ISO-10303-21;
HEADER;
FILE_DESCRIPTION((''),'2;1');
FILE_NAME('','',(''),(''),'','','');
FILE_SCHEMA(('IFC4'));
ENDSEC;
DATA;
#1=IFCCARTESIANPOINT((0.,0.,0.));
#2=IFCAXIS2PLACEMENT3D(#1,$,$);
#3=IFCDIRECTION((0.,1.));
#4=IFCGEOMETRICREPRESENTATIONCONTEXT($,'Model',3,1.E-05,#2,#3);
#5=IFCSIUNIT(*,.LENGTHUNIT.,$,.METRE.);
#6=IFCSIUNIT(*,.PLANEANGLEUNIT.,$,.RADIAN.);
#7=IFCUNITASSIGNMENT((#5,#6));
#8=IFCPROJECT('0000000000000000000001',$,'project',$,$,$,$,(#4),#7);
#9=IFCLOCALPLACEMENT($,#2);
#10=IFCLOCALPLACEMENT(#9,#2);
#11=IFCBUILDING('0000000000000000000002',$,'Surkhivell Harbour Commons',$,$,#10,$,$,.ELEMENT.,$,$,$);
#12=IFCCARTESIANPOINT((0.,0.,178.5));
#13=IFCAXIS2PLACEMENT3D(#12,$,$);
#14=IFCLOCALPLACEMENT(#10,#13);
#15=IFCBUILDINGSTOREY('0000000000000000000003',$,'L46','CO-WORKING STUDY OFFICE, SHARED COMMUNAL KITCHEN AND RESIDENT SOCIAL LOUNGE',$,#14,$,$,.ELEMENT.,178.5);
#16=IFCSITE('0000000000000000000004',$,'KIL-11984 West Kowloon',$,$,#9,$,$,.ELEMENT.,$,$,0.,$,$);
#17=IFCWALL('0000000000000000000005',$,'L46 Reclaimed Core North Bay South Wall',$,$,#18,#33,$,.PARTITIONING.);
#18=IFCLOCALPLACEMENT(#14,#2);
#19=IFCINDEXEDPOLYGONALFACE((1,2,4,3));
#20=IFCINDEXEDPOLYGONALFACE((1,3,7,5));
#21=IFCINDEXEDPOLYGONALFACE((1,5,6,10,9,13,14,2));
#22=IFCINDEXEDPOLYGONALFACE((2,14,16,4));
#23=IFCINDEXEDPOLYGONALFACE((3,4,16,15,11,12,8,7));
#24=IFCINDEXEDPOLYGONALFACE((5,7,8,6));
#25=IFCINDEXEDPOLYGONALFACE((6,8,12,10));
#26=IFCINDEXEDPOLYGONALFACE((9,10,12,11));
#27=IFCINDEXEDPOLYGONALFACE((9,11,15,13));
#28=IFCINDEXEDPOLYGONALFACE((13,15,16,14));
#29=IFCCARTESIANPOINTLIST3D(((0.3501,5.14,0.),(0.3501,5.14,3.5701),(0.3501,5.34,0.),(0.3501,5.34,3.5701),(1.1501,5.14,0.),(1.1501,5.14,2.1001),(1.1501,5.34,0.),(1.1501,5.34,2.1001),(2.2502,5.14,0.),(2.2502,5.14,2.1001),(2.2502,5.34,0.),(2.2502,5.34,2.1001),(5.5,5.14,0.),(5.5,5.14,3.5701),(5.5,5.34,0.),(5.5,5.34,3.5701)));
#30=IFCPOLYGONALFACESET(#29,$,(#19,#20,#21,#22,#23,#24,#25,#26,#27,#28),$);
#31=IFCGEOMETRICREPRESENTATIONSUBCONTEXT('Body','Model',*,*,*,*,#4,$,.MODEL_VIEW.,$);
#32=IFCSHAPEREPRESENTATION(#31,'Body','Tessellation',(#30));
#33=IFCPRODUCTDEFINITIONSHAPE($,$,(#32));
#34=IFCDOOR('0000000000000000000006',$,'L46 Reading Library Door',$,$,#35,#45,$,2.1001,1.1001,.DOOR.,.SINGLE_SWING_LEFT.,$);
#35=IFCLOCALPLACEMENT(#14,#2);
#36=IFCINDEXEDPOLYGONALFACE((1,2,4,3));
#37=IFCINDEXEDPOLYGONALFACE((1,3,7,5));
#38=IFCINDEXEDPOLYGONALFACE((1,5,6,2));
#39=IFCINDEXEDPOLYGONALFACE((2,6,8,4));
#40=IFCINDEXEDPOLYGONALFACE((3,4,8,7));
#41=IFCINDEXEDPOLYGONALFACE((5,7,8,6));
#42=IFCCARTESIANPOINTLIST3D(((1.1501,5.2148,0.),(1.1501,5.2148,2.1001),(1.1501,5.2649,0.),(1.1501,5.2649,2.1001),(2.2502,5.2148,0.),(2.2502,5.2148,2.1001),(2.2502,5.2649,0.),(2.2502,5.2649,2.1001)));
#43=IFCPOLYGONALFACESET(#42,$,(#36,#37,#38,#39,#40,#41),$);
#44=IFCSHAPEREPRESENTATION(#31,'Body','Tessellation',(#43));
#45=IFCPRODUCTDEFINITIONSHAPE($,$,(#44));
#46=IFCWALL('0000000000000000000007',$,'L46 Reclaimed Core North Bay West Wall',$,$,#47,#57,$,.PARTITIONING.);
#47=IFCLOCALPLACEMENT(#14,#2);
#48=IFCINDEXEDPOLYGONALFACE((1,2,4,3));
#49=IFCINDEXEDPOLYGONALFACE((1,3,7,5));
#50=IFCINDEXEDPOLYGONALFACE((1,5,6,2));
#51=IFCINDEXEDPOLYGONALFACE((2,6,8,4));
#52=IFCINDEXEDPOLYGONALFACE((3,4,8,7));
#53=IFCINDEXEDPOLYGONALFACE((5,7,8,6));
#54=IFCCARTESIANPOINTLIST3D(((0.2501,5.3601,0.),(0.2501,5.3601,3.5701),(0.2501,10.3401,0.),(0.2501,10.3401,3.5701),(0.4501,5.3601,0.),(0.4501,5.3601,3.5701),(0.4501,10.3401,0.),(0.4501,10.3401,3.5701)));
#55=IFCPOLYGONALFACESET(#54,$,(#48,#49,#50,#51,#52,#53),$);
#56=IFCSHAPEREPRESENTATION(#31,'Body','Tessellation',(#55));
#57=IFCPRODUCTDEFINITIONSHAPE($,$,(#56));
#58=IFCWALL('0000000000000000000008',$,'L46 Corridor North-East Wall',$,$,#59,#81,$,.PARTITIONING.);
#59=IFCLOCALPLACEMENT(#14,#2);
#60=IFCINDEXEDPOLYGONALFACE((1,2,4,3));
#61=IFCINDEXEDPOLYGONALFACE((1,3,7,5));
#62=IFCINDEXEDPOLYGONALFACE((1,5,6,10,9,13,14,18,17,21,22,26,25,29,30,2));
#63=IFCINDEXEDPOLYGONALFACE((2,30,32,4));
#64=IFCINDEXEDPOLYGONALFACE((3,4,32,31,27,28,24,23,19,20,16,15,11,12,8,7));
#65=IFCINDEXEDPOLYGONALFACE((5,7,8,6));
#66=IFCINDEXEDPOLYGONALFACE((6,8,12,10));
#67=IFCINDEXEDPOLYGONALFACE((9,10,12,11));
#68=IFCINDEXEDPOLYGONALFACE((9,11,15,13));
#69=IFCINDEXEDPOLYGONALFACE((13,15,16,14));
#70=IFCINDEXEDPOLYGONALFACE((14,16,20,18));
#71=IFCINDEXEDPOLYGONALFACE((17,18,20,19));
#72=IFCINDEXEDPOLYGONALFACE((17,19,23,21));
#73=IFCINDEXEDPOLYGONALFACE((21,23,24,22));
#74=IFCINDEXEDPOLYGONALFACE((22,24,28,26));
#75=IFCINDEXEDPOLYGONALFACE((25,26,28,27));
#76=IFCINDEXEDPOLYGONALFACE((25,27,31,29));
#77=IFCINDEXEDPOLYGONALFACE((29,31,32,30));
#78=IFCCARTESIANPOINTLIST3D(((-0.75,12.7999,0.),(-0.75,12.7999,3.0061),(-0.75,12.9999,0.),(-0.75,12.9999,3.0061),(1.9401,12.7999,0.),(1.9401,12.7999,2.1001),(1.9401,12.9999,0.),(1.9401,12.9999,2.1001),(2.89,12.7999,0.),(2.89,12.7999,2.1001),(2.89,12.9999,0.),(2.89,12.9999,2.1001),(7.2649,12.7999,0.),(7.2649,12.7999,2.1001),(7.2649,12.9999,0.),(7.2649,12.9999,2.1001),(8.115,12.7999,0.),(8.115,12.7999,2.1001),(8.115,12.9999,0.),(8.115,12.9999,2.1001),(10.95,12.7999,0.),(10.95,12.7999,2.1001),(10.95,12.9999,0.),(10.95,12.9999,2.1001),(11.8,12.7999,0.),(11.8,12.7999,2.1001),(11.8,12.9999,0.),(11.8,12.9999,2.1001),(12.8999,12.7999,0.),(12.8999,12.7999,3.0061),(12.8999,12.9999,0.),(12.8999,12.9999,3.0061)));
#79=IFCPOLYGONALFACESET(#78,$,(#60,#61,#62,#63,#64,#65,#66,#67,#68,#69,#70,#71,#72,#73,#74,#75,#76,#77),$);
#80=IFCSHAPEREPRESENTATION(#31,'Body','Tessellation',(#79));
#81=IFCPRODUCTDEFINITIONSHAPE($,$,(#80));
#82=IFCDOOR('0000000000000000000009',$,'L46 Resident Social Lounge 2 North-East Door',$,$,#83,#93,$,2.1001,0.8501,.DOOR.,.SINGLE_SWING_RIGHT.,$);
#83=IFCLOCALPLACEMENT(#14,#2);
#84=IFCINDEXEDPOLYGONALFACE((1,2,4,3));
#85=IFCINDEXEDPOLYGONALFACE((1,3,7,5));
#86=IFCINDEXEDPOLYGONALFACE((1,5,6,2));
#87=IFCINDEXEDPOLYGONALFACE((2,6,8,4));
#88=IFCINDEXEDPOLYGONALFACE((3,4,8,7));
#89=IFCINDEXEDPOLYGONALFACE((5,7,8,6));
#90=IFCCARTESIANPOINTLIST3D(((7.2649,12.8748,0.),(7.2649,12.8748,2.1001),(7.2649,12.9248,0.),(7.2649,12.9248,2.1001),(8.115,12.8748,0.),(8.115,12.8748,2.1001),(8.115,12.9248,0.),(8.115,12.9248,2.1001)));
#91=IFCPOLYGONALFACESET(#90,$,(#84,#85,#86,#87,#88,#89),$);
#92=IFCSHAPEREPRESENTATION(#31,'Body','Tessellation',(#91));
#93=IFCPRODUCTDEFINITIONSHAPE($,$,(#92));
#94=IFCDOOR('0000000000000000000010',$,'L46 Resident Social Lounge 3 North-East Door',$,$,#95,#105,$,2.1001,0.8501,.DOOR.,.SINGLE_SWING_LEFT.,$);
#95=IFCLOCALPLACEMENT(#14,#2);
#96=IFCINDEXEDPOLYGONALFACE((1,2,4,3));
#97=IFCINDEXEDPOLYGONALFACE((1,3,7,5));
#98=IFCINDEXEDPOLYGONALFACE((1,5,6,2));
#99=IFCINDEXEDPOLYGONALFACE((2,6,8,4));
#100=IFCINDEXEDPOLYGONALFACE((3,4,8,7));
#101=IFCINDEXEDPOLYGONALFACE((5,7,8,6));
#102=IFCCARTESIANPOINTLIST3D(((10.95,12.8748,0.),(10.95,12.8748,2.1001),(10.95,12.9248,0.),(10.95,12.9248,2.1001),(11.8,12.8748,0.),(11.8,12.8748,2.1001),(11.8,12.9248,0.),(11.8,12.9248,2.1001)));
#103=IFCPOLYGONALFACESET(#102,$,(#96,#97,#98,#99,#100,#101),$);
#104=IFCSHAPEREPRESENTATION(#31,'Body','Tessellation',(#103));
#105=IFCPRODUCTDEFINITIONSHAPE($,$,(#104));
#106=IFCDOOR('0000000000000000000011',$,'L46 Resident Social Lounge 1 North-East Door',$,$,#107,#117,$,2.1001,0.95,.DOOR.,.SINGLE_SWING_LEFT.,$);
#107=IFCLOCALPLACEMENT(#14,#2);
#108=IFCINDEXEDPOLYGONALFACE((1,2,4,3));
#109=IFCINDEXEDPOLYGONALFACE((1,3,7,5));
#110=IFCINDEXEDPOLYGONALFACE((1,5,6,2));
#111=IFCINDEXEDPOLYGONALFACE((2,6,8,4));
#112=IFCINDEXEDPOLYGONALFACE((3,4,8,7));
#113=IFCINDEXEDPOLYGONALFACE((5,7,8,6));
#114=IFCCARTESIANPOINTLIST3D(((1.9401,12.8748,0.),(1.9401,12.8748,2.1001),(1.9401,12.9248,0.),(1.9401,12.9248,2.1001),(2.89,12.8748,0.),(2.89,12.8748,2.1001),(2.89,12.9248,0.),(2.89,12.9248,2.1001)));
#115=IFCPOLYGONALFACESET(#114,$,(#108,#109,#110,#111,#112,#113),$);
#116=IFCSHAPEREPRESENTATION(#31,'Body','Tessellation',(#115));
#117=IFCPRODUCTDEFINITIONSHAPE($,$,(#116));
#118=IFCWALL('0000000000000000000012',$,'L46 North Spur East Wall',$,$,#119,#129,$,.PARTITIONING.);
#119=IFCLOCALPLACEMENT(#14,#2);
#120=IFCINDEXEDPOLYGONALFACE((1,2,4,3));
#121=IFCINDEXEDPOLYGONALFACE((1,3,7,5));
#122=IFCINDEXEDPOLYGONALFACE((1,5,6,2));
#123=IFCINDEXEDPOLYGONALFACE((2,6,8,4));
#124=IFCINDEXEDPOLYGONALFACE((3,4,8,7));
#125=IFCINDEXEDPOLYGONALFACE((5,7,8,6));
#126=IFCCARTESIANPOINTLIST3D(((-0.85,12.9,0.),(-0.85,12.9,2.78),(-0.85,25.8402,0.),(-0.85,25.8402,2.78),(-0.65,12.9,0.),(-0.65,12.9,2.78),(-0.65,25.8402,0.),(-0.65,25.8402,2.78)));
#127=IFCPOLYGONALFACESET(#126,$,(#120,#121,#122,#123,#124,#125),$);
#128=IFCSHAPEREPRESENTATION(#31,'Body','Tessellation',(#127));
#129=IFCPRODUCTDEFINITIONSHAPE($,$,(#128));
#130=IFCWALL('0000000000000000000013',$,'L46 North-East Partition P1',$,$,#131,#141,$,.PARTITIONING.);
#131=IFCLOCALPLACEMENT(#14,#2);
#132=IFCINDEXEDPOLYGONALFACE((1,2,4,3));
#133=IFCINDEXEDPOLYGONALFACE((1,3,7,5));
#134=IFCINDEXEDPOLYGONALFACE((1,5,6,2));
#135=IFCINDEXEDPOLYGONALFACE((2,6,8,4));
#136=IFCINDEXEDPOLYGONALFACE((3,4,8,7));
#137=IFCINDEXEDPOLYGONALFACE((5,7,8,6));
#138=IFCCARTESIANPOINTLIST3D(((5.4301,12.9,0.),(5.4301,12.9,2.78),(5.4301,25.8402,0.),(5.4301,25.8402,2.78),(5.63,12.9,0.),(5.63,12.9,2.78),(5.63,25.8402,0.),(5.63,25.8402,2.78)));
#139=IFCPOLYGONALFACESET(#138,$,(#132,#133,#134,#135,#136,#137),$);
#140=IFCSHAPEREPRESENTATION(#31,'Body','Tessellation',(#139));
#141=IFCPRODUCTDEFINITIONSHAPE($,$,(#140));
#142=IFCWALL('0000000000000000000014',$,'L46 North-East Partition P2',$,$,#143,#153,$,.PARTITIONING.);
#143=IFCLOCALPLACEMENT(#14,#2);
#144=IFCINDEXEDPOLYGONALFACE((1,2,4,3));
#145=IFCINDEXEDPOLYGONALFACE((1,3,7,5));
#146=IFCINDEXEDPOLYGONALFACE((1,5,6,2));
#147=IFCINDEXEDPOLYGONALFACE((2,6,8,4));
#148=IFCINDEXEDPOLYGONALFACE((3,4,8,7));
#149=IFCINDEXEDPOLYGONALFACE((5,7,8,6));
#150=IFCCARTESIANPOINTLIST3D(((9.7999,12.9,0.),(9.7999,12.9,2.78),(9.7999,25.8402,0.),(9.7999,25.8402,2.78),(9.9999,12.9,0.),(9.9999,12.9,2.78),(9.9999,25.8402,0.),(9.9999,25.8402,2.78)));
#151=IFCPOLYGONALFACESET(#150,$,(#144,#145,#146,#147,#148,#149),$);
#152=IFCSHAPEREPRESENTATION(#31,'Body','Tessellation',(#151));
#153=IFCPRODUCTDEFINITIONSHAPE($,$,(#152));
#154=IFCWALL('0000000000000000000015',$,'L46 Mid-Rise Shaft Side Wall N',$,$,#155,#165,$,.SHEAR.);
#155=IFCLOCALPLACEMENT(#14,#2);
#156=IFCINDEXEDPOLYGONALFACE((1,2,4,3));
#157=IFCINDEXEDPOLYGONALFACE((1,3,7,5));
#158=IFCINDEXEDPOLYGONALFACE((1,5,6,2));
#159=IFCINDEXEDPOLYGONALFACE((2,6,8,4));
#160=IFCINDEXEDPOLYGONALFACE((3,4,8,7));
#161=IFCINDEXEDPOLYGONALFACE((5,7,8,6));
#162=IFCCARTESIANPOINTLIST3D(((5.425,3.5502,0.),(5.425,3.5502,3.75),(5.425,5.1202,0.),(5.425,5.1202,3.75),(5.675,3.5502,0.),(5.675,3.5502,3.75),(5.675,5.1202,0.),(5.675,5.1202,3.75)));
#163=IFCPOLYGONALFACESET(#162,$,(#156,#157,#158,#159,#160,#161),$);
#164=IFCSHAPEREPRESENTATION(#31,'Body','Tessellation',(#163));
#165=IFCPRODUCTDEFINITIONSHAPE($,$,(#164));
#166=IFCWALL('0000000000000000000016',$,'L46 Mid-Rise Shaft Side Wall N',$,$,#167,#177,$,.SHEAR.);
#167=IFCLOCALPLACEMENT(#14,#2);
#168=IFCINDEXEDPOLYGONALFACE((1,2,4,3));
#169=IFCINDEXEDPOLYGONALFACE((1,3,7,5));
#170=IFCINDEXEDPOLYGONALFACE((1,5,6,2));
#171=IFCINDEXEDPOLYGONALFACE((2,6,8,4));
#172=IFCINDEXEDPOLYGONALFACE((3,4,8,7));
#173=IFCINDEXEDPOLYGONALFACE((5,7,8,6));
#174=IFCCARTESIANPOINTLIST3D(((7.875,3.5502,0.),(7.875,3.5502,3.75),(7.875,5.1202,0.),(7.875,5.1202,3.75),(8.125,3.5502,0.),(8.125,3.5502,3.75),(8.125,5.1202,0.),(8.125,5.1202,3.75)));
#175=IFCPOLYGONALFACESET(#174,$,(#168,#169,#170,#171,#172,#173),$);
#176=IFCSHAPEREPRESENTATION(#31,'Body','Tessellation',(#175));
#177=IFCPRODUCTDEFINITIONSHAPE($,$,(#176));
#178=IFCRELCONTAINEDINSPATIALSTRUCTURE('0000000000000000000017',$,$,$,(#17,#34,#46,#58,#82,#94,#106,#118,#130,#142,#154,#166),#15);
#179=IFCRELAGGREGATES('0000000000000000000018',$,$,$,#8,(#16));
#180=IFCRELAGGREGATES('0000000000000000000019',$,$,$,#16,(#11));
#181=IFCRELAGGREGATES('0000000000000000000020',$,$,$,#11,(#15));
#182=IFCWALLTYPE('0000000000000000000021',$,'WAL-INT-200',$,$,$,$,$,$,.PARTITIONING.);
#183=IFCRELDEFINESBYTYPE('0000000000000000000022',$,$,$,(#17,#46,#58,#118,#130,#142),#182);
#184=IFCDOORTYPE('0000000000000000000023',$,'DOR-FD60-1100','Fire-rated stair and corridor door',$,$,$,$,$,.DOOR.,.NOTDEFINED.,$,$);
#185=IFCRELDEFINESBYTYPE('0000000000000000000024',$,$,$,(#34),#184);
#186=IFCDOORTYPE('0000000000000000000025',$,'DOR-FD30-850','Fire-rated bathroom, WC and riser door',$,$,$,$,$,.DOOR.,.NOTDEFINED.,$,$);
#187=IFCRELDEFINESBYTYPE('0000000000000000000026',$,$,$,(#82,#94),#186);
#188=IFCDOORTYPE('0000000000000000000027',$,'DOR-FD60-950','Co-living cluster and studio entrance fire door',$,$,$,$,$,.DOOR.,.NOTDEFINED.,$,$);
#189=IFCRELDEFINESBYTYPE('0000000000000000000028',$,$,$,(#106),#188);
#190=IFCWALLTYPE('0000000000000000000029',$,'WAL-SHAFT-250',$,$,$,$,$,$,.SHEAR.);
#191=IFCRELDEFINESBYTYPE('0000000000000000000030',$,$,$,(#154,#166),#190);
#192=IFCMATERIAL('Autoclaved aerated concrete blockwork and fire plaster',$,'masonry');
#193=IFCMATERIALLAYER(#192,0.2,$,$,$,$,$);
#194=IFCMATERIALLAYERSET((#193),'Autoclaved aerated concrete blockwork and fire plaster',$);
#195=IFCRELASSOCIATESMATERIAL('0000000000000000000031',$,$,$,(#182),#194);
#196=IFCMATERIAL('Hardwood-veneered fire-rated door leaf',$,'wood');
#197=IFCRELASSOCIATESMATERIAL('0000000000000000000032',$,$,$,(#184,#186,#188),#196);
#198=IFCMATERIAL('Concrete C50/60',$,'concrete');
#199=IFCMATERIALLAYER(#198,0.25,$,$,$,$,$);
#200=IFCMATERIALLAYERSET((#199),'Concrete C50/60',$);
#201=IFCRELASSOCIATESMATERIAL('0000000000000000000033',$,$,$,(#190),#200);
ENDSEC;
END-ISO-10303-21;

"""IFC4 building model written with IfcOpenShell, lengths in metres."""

from ifc_helpers import new_model, si_unit, direction, frame, frame_2d, origin, place, context, subcontext, project, spatial, rectangle, extrude, material, layer, layer_set, type_object, element, fill, save


model = new_model("IFC4")

# Units and contexts
model_context = context("Model", 3, precision=1e-05, world=origin(), true_north=direction((0.0, 1.0)))
body_context = subcontext(model_context, "Body", "Model", "MODEL_VIEW")
ifc_project = project(units=[si_unit("LENGTHUNIT", "METRE"), si_unit("PLANEANGLEUNIT", "RADIAN")], contexts=[model_context])

# Site, building, storey
site_placement = place(None, origin())
site = spatial("IfcSite", under=ifc_project, at=site_placement, Name="KIL-11984 West Kowloon", CompositionType="ELEMENT", RefElevation=0.0)
building_placement = place(site_placement, origin())
building = spatial("IfcBuilding", under=site, at=building_placement, Name="Surkhivell Harbour Commons", CompositionType="ELEMENT")
storey_placement = place(building_placement, frame((0.0, 0.0, 178.5)))
storey = spatial("IfcBuildingStorey", under=building, at=storey_placement, Name="L46", Description="CO-WORKING STUDY OFFICE, SHARED COMMUNAL KITCHEN AND RESIDENT SOCIAL LOUNGE", CompositionType="ELEMENT", Elevation=178.5)

# Wall, opening, door
ifc_material_1 = material(Name="Autoclaved aerated concrete blockwork and fire plaster", Category="masonry")
ifc_layer_1 = layer(ifc_material_1, 0.2)
ifc_layer_set_1 = layer_set([ifc_layer_1], Name="Autoclaved aerated concrete blockwork and fire plaster")
wall_type_1 = type_object("IfcWallType", Name="WAL-INT-200", PredefinedType="PARTITIONING", material=ifc_layer_set_1)
wall_1_placement = place(storey_placement, frame((0.3501, 5.24, 0.0), z_axis=(0.0, 0.0, 1.0), x_axis=(1.0, 0.0, 0.0)))
wall_1 = element("IfcWall", 1, at=wall_1_placement, inside=storey, type_object=wall_type_1, Name="L46 Reclaimed Core North Bay South Wall", PredefinedType="PARTITIONING", context=body_context, shape_type="SweptSolid", body=[
    extrude(rectangle(XDim=5.1499, YDim=0.2, at=frame_2d((2.575, 0.0))), origin(), (0.0, 0.0, 1.0), 3.5701),
])
opening_1_placement = place(wall_1_placement, frame((0.8, 0.0, 0.0)))
opening_1 = element("IfcOpeningElement", 2, at=opening_1_placement, cuts=wall_1, PredefinedType="OPENING", context=body_context, shape_type="SweptSolid", body=[
    extrude(rectangle(XDim=1.1001, YDim=2.1001, at=frame_2d((0.55, 1.05))), frame((0.0, 0.1099, 0.0), z_axis=(0.0, -1.0, 0.0), x_axis=(1.0, 0.0, 0.0)), (0.0, 0.0, 1.0), 0.22),
])
ifc_material_2 = material(Name="Hardwood-veneered fire-rated door leaf", Category="wood")
door_type_1 = type_object("IfcDoorType", Name="DOR-FD60-1100", Description="Fire-rated stair and corridor door", OperationType="NOTDEFINED", PredefinedType="DOOR", material=ifc_material_2)
door_1_placement = place(opening_1_placement, origin())
door_1 = element("IfcDoor", 3, at=door_1_placement, inside=storey, type_object=door_type_1, Name="L46 Reading Library Door", OperationType="SINGLE_SWING_LEFT", OverallHeight=2.1001, OverallWidth=1.1001, PredefinedType="DOOR", context=body_context, shape_type="SweptSolid", body=[
    extrude(rectangle(XDim=1.1001, YDim=2.1001, at=frame_2d((0.55, 1.05))), frame((0.0, 0.0249, 0.0), z_axis=(0.0, -1.0, 0.0), x_axis=(1.0, 0.0, 0.0)), (0.0, 0.0, 1.0), 0.05),
])
fill(opening_1, door_1)

# Wall
wall_2_placement = place(storey_placement, frame((0.3501, 5.3601, 0.0), z_axis=(0.0, 0.0, 1.0), x_axis=(0.0, 1.0, 0.0)))
element("IfcWall", 4, at=wall_2_placement, inside=storey, type_object=wall_type_1, Name="L46 Reclaimed Core North Bay West Wall", PredefinedType="PARTITIONING", context=body_context, shape_type="SweptSolid", body=[
    extrude(rectangle(XDim=4.98, YDim=0.2, at=frame_2d((2.49, 0.0))), origin(), (0.0, 0.0, 1.0), 3.5701),
])

# Wall, openings, doors
wall_3_placement = place(storey_placement, frame((-0.75, 12.8999, 0.0), z_axis=(0.0, 0.0, 1.0), x_axis=(1.0, 0.0, 0.0)))
wall_3 = element("IfcWall", 5, at=wall_3_placement, inside=storey, type_object=wall_type_1, Name="L46 Corridor North-East Wall", PredefinedType="PARTITIONING", context=body_context, shape_type="SweptSolid", body=[
    extrude(rectangle(XDim=13.6499, YDim=0.2, at=frame_2d((6.825, 0.0))), origin(), (0.0, 0.0, 1.0), 3.0061),
])
opening_2_placement = place(wall_3_placement, frame((2.6899, 0.0, 0.0)))
opening_2 = element("IfcOpeningElement", 6, at=opening_2_placement, cuts=wall_3, PredefinedType="OPENING", context=body_context, shape_type="SweptSolid", body=[
    extrude(rectangle(XDim=0.95, YDim=2.1001, at=frame_2d((0.4751, 1.05))), frame((0.0, 0.1099, 0.0), z_axis=(0.0, -1.0, 0.0), x_axis=(1.0, 0.0, 0.0)), (0.0, 0.0, 1.0), 0.22),
])
opening_3_placement = place(wall_3_placement, frame((8.0149, 0.0, 0.0)))
opening_3 = element("IfcOpeningElement", 7, at=opening_3_placement, cuts=wall_3, PredefinedType="OPENING", context=body_context, shape_type="SweptSolid", body=[
    extrude(rectangle(XDim=0.8501, YDim=2.1001, at=frame_2d((0.425, 1.05))), frame((0.0, 0.1099, 0.0), z_axis=(0.0, -1.0, 0.0), x_axis=(1.0, 0.0, 0.0)), (0.0, 0.0, 1.0), 0.22),
])
opening_4_placement = place(wall_3_placement, frame((11.7, 0.0, 0.0)))
opening_4 = element("IfcOpeningElement", 8, at=opening_4_placement, cuts=wall_3, PredefinedType="OPENING", context=body_context, shape_type="SweptSolid", body=[
    extrude(rectangle(XDim=0.8501, YDim=2.1001, at=frame_2d((0.425, 1.05))), frame((0.0, 0.1099, 0.0), z_axis=(0.0, -1.0, 0.0), x_axis=(1.0, 0.0, 0.0)), (0.0, 0.0, 1.0), 0.22),
])
door_type_2 = type_object("IfcDoorType", Name="DOR-FD30-850", Description="Fire-rated bathroom, WC and riser door", OperationType="NOTDEFINED", PredefinedType="DOOR", material=ifc_material_2)
door_2_placement = place(opening_3_placement, origin())
door_2 = element("IfcDoor", 9, at=door_2_placement, inside=storey, type_object=door_type_2, Name="L46 Resident Social Lounge 2 North-East Door", OperationType="SINGLE_SWING_RIGHT", OverallHeight=2.1001, OverallWidth=0.8501, PredefinedType="DOOR", context=body_context, shape_type="SweptSolid", body=[
    extrude(rectangle(XDim=0.8501, YDim=2.1001, at=frame_2d((0.425, 1.05))), frame((0.0, 0.0249, 0.0), z_axis=(0.0, -1.0, 0.0), x_axis=(1.0, 0.0, 0.0)), (0.0, 0.0, 1.0), 0.05),
])
fill(opening_3, door_2)
door_3_placement = place(opening_4_placement, origin())
door_3 = element("IfcDoor", 10, at=door_3_placement, inside=storey, type_object=door_type_2, Name="L46 Resident Social Lounge 3 North-East Door", OperationType="SINGLE_SWING_LEFT", OverallHeight=2.1001, OverallWidth=0.8501, PredefinedType="DOOR", context=body_context, shape_type="SweptSolid", body=[
    extrude(rectangle(XDim=0.8501, YDim=2.1001, at=frame_2d((0.425, 1.05))), frame((0.0, 0.0249, 0.0), z_axis=(0.0, -1.0, 0.0), x_axis=(1.0, 0.0, 0.0)), (0.0, 0.0, 1.0), 0.05),
])
fill(opening_4, door_3)
door_type_3 = type_object("IfcDoorType", Name="DOR-FD60-950", Description="Co-living cluster and studio entrance fire door", OperationType="NOTDEFINED", PredefinedType="DOOR", material=ifc_material_2)
door_4_placement = place(opening_2_placement, origin())
door_4 = element("IfcDoor", 11, at=door_4_placement, inside=storey, type_object=door_type_3, Name="L46 Resident Social Lounge 1 North-East Door", OperationType="SINGLE_SWING_LEFT", OverallHeight=2.1001, OverallWidth=0.95, PredefinedType="DOOR", context=body_context, shape_type="SweptSolid", body=[
    extrude(rectangle(XDim=0.95, YDim=2.1001, at=frame_2d((0.4751, 1.05))), frame((0.0, 0.0249, 0.0), z_axis=(0.0, -1.0, 0.0), x_axis=(1.0, 0.0, 0.0)), (0.0, 0.0, 1.0), 0.05),
])
fill(opening_2, door_4)

# Walls
for number, where, z_axis, x_axis, name in (
    (12, (-0.75, 12.8999, 0.0), (0.0, 0.0, 1.0), (0.0, 1.0, 0.0), "L46 North Spur East Wall"),
    (13, (5.53, 12.8999, 0.0), (0.0, 0.0, 1.0), (0.0, 1.0, 0.0), "L46 North-East Partition P1"),
    (14, (9.8999, 12.8999, 0.0), (0.0, 0.0, 1.0), (0.0, 1.0, 0.0), "L46 North-East Partition P2"),
):
    element("IfcWall", number, at=place(storey_placement, frame(where, z_axis=z_axis, x_axis=x_axis)), inside=storey, type_object=wall_type_1, Name=name, PredefinedType="PARTITIONING", context=body_context, shape_type="SweptSolid", body=[
        extrude(rectangle(XDim=12.9402, YDim=0.2, at=frame_2d((6.4702, 0.0))), origin(), (0.0, 0.0, 1.0), 2.78),
    ])
ifc_material_3 = material(Name="Concrete C50/60", Category="concrete")
ifc_layer_2 = layer(ifc_material_3, 0.25)
ifc_layer_set_2 = layer_set([ifc_layer_2], Name="Concrete C50/60")
wall_type_2 = type_object("IfcWallType", Name="WAL-SHAFT-250", PredefinedType="SHEAR", material=ifc_layer_set_2)
for number, where, z_axis, x_axis, name in (
    (15, (5.55, 3.55, 0.0), (0.0, 0.0, 1.0), (0.0, 1.0, 0.0), "L46 Mid-Rise Shaft Side Wall N"),
    (16, (8.0, 3.55, 0.0), (0.0, 0.0, 1.0), (0.0, 1.0, 0.0), "L46 Mid-Rise Shaft Side Wall N"),
):
    element("IfcWall", number, at=place(storey_placement, frame(where, z_axis=z_axis, x_axis=x_axis)), inside=storey, type_object=wall_type_2, Name=name, PredefinedType="SHEAR", context=body_context, shape_type="SweptSolid", body=[
        extrude(rectangle(XDim=1.5701, YDim=0.25, at=frame_2d((0.7852, 0.0))), origin(), (0.0, 0.0, 1.0), 3.75),
    ])

save(model, "model.ifc")
